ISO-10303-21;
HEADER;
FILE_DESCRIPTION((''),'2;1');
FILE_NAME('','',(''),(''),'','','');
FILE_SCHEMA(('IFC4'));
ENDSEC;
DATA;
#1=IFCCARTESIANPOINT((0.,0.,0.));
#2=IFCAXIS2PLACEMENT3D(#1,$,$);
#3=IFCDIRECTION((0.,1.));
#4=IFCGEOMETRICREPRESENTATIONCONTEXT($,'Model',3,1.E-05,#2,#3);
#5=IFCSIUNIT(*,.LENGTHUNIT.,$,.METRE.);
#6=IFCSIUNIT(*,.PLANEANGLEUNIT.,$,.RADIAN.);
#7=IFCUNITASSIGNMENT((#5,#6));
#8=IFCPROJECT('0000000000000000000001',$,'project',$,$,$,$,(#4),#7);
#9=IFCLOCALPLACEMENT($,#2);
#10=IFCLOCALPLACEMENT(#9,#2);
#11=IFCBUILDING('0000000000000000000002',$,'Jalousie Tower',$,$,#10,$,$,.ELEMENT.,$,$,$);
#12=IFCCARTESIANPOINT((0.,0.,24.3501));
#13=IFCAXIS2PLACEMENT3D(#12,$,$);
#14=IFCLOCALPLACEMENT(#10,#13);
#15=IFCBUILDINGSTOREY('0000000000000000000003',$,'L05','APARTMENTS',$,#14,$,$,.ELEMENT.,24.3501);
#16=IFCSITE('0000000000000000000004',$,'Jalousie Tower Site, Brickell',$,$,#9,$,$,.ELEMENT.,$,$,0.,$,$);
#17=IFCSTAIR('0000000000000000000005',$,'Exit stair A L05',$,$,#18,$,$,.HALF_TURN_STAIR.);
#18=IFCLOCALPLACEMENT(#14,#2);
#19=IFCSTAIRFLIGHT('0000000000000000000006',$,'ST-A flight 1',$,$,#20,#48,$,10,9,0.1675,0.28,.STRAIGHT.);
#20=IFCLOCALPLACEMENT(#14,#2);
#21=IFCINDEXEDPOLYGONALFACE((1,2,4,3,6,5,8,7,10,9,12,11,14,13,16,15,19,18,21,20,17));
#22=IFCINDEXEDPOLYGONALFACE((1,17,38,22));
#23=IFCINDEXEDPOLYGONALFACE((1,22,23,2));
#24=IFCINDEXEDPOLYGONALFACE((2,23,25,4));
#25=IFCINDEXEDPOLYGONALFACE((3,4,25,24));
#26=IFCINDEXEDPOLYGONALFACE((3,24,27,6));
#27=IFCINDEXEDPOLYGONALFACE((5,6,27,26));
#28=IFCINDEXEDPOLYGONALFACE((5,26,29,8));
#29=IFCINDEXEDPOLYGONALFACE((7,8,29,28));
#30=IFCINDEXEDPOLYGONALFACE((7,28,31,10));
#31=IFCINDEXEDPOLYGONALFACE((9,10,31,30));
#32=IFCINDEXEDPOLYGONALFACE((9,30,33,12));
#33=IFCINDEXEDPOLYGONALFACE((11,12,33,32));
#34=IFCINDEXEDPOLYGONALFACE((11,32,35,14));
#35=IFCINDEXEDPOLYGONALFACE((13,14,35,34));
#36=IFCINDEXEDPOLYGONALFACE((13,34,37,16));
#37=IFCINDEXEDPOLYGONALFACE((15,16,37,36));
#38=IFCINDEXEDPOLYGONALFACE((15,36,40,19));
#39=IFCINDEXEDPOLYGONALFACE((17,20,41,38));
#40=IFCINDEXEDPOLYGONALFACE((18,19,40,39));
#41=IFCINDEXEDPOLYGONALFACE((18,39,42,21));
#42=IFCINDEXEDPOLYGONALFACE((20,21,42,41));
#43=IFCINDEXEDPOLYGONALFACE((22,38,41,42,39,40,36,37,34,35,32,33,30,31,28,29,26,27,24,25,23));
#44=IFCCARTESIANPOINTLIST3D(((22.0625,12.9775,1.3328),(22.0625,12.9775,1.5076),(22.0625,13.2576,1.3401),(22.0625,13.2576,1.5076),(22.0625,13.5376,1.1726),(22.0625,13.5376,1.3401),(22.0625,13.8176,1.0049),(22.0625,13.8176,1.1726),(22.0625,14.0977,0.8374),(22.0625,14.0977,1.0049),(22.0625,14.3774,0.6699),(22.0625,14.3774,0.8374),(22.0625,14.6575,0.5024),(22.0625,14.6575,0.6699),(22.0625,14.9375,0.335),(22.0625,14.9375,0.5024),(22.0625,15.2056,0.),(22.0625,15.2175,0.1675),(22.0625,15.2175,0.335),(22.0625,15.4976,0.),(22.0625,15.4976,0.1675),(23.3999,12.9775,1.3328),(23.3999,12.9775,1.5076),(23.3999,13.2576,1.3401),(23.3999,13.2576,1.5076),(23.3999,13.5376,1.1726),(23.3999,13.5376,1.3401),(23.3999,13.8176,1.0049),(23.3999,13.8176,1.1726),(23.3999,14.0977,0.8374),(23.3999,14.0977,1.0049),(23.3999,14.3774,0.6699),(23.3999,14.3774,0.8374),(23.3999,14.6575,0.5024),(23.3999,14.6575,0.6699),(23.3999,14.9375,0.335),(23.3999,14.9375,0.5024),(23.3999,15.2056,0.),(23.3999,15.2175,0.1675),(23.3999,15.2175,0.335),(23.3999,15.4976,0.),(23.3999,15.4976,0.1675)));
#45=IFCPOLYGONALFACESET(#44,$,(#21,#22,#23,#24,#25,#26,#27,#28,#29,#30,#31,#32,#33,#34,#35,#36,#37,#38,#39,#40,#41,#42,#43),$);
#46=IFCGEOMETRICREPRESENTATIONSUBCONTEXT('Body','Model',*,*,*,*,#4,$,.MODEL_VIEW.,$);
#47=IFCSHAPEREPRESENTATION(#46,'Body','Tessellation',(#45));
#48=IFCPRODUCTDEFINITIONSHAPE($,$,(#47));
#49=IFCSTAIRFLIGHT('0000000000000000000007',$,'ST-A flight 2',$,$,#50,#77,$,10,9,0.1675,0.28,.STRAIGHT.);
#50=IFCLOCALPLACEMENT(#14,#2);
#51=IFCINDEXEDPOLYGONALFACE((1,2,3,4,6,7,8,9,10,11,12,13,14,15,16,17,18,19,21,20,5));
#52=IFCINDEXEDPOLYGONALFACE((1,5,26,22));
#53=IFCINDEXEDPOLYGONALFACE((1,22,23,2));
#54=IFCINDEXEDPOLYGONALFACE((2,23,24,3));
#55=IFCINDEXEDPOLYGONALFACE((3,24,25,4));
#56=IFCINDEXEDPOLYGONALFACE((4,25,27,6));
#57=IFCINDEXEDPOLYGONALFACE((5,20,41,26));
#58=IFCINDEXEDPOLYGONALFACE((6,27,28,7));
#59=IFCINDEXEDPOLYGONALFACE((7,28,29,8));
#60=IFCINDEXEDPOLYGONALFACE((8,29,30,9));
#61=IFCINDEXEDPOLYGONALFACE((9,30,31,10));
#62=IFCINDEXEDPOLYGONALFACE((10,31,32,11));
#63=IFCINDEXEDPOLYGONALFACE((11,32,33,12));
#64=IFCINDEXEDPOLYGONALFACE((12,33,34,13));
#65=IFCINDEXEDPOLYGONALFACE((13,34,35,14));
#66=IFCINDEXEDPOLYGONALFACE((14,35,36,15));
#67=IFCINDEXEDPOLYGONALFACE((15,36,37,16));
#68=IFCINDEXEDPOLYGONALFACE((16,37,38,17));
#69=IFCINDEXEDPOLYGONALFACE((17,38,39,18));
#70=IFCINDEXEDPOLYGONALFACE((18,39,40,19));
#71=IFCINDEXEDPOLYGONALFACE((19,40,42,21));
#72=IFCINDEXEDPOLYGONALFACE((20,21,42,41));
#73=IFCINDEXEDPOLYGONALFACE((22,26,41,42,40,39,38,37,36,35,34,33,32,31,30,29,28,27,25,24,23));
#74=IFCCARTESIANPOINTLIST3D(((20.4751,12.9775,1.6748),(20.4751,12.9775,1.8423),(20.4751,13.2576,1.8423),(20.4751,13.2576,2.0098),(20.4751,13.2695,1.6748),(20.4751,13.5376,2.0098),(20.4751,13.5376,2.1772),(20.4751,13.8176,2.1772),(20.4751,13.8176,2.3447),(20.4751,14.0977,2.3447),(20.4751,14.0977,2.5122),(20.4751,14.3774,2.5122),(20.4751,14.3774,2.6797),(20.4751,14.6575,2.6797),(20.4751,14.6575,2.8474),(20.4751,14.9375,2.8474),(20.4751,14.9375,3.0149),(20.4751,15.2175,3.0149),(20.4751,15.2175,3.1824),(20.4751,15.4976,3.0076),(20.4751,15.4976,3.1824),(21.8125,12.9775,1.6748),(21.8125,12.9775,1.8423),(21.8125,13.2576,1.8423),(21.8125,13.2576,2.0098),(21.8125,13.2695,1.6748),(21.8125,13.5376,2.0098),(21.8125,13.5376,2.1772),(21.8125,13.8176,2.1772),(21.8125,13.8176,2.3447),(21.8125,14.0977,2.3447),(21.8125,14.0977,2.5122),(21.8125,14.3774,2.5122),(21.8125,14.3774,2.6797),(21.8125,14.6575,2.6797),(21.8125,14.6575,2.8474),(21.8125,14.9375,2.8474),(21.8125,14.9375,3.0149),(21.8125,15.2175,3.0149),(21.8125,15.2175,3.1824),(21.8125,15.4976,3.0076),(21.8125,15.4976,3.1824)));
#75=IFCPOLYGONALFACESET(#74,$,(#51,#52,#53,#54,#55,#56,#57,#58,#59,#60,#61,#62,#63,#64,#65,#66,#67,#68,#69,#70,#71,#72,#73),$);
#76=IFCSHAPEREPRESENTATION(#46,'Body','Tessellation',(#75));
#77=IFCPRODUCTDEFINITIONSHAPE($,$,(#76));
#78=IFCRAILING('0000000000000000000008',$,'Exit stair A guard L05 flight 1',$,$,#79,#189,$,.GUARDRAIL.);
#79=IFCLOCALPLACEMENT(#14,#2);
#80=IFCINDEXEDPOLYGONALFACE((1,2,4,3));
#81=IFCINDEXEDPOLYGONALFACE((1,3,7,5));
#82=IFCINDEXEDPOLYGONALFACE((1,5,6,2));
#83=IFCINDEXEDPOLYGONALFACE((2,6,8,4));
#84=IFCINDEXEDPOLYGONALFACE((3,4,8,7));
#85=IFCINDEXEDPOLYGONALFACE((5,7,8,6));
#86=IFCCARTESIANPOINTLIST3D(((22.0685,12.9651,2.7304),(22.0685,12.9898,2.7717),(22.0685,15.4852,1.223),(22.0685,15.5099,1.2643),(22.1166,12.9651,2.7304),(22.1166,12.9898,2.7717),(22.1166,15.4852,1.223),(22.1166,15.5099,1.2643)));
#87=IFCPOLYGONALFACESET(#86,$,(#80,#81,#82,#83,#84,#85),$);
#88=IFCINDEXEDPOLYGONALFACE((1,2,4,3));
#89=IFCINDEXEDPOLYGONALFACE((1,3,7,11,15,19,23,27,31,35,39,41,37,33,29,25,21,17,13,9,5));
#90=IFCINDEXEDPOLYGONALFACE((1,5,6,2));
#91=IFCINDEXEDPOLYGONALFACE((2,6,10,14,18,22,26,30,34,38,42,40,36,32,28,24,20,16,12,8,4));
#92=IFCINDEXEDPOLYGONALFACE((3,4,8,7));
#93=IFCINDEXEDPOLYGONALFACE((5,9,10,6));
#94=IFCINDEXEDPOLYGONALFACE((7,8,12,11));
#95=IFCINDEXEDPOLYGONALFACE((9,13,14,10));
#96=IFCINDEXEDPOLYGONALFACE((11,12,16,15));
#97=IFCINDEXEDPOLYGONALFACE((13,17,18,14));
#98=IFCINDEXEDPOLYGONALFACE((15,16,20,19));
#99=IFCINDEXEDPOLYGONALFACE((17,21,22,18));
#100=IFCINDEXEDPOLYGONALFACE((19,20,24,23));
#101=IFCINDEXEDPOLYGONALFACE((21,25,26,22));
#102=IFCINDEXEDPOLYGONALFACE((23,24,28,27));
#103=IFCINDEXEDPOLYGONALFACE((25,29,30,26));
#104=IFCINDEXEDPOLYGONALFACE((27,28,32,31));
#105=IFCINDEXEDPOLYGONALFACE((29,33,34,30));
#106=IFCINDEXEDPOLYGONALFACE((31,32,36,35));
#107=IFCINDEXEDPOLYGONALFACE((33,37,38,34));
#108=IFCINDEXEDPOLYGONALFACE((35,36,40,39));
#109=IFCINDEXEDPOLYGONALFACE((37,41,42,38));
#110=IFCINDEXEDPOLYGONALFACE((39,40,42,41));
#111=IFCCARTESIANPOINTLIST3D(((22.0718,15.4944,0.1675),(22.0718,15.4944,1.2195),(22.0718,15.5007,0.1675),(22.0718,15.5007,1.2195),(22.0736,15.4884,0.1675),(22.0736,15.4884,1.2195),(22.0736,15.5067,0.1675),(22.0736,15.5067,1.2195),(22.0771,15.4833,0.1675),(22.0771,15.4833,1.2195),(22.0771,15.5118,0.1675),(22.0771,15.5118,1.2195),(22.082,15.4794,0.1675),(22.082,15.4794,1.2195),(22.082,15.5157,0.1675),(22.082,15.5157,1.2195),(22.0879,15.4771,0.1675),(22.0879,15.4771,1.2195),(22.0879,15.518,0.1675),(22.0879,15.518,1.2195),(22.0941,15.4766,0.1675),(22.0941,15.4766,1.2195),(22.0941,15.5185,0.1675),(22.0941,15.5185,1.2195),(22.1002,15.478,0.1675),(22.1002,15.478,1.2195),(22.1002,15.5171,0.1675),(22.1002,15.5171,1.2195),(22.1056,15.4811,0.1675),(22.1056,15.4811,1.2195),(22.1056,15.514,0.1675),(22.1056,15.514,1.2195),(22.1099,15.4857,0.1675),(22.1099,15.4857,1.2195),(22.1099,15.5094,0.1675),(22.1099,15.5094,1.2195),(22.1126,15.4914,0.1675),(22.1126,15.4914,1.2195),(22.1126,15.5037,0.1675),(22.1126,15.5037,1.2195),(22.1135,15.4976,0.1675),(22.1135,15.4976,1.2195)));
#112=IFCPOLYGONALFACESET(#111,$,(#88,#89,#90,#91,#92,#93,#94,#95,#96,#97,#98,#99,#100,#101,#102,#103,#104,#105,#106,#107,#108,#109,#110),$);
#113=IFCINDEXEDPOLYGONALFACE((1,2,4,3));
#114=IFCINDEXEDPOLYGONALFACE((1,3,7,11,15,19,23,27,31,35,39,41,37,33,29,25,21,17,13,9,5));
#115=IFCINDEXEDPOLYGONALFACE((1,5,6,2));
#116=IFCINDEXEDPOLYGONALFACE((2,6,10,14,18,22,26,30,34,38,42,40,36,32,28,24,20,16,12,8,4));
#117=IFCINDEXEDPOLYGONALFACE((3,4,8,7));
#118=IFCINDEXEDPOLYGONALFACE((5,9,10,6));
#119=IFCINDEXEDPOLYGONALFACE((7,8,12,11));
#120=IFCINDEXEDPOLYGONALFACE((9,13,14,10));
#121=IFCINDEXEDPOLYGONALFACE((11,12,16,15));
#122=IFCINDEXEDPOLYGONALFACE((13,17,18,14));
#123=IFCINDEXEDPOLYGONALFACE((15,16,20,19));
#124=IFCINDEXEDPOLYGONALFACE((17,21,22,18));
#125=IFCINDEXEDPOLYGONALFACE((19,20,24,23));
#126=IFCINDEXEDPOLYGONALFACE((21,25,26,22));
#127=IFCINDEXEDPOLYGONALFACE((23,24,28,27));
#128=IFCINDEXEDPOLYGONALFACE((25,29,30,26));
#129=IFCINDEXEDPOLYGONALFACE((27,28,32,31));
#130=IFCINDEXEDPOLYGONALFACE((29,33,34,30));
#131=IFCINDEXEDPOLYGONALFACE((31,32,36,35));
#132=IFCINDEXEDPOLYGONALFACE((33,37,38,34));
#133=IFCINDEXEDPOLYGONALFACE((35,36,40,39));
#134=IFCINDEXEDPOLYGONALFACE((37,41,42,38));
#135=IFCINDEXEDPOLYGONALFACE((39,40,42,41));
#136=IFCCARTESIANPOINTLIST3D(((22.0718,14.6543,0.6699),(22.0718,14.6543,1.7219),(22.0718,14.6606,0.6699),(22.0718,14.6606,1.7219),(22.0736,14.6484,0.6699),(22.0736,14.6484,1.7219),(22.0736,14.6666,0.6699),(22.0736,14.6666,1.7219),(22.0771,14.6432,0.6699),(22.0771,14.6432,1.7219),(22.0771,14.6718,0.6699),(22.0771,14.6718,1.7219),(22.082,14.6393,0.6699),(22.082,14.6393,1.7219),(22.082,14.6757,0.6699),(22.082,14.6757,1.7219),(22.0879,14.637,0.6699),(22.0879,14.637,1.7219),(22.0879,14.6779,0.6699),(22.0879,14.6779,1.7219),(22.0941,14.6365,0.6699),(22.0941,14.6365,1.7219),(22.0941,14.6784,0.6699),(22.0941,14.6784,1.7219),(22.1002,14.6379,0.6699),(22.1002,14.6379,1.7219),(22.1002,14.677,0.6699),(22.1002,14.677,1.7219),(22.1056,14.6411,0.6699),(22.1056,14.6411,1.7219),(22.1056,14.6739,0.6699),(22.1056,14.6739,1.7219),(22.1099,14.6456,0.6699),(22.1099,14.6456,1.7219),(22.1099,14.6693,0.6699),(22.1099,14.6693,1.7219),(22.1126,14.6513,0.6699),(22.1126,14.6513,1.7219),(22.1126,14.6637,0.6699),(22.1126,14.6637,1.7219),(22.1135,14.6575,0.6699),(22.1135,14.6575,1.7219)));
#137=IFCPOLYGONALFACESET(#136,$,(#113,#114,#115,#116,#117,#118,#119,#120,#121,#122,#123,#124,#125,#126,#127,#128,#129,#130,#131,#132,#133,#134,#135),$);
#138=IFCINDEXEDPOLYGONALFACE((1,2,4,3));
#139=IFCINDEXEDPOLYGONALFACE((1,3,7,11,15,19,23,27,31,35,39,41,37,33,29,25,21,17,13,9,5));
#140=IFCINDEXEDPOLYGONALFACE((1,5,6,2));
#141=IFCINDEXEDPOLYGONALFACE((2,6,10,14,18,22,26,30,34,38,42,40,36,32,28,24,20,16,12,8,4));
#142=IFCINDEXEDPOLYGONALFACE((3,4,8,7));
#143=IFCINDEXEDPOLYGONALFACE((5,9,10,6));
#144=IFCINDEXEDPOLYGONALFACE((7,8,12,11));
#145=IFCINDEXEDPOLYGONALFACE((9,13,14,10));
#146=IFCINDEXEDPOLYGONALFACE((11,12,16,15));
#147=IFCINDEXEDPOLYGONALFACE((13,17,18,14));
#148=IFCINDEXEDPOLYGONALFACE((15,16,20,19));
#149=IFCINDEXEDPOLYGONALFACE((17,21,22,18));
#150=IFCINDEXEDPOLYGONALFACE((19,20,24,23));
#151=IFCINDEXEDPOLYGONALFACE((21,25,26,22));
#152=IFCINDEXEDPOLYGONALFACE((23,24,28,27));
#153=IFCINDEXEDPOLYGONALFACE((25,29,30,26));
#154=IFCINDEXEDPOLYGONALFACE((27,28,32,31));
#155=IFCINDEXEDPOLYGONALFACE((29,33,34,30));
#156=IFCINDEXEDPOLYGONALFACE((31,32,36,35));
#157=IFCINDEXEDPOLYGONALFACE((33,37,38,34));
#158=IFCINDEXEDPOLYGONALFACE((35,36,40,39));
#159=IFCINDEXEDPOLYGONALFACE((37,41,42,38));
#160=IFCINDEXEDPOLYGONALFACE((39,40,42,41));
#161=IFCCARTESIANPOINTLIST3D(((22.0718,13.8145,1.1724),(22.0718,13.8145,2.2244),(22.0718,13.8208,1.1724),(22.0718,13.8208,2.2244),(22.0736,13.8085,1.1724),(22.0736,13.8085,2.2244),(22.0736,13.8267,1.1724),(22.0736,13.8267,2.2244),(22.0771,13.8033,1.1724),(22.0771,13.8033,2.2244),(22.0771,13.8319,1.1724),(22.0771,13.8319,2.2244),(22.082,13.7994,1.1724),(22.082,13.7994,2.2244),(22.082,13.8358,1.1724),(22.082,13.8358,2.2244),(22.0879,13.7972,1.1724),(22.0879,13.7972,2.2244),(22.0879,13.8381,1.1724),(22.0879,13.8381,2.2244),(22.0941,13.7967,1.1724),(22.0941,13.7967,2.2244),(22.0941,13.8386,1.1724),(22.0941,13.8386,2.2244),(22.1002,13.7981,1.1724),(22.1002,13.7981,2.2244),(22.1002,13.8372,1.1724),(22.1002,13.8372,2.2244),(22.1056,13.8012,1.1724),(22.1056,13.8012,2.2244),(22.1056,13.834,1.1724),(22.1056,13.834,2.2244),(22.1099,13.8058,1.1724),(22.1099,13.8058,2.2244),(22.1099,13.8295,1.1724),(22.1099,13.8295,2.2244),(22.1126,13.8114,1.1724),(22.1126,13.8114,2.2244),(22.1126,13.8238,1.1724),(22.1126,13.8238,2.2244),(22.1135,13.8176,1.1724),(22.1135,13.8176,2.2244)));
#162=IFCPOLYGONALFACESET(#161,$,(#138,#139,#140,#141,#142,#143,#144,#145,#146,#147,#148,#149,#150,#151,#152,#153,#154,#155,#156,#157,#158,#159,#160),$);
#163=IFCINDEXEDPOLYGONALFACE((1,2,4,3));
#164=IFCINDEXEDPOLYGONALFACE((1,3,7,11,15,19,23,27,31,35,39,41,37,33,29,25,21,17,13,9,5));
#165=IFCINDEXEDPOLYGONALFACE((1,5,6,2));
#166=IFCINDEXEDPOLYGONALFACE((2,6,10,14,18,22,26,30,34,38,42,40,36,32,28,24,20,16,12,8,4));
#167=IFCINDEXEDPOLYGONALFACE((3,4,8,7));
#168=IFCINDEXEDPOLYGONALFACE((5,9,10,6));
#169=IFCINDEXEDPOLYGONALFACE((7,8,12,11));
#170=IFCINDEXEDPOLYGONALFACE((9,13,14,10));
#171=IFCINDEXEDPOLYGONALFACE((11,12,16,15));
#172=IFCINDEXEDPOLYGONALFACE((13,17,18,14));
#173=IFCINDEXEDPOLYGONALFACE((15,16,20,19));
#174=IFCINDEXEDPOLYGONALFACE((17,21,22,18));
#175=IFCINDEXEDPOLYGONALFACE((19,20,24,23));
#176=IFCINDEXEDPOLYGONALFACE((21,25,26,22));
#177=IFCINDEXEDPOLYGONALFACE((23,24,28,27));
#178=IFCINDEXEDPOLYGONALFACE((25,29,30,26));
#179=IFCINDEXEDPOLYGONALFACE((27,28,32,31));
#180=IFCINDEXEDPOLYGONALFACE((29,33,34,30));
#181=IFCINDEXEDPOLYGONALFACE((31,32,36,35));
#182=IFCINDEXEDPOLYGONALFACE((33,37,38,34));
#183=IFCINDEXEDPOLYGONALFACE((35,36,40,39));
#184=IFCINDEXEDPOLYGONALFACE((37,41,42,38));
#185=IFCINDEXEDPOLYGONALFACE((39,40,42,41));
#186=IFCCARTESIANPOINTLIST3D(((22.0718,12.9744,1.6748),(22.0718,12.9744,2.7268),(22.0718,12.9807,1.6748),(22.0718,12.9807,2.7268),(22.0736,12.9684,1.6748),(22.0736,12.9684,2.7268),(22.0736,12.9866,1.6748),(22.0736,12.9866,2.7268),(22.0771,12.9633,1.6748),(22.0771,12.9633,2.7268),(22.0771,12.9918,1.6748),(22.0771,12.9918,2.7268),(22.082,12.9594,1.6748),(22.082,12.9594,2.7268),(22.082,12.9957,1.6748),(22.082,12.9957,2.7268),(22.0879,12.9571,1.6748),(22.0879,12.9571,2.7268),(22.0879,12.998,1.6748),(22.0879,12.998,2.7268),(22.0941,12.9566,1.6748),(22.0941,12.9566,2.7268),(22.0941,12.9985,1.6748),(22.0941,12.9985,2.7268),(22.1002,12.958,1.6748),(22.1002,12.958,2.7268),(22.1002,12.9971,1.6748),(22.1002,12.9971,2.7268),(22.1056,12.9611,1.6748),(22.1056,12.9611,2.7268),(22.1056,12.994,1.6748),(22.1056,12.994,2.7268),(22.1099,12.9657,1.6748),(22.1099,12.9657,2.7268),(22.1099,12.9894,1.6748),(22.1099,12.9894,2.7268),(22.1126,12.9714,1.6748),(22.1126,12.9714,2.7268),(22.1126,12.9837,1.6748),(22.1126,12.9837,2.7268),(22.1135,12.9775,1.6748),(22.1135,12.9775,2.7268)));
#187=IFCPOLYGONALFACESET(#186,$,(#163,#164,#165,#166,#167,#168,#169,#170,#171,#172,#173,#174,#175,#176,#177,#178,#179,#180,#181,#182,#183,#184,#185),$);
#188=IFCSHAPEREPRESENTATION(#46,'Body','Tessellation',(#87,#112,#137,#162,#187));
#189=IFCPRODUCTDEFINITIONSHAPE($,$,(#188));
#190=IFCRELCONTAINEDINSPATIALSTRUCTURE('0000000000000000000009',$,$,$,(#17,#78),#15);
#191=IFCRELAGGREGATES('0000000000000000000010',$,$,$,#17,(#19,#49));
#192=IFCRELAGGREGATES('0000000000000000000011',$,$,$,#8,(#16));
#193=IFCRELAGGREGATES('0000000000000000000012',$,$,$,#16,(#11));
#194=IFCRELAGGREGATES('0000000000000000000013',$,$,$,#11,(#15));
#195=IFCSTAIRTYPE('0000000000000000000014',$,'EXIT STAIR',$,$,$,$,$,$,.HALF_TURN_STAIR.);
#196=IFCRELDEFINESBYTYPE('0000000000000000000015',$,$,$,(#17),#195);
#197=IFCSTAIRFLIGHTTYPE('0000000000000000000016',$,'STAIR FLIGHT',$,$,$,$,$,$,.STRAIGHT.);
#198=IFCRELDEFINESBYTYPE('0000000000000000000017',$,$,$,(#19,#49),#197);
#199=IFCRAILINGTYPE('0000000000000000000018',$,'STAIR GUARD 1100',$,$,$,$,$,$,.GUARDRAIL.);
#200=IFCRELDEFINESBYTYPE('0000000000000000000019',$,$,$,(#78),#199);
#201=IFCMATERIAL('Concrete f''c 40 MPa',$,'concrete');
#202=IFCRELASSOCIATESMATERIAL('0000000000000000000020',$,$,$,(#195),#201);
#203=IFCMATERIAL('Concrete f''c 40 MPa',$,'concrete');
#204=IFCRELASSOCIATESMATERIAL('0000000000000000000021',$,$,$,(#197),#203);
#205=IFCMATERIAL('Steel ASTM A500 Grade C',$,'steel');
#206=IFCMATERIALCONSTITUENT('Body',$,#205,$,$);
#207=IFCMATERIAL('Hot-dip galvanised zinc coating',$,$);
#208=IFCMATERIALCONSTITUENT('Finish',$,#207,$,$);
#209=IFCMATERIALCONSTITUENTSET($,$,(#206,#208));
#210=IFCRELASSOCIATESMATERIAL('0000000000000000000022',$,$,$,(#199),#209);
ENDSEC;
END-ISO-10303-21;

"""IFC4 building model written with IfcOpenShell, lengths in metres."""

from ifc_helpers import new_model, si_unit, direction, frame, origin, origin_2d, place, context, subcontext, project, spatial, polyline, rectangle, circle, outline, extrude, material, constituent, constituent_set, type_object, element, aggregate, save


model = new_model("IFC4")

# Units and contexts
model_context = context("Model", 3, precision=1e-05, world=origin(), true_north=direction((0.0, 1.0)))
body_context = subcontext(model_context, "Body", "Model", "MODEL_VIEW")
ifc_project = project(units=[si_unit("LENGTHUNIT", "METRE"), si_unit("PLANEANGLEUNIT", "RADIAN")], contexts=[model_context])

# Site, building, storey
site_placement = place(None, origin())
site = spatial("IfcSite", under=ifc_project, at=site_placement, Name="Jalousie Tower Site, Brickell", CompositionType="ELEMENT", RefElevation=0.0)
building_placement = place(site_placement, origin())
building = spatial("IfcBuilding", under=site, at=building_placement, Name="Jalousie Tower", CompositionType="ELEMENT")
storey_placement = place(building_placement, frame((0.0, 0.0, 24.3501)))
storey = spatial("IfcBuildingStorey", under=building, at=storey_placement, Name="L05", Description="APARTMENTS", CompositionType="ELEMENT", Elevation=24.3501)

# Stair, stair flights
ifc_material_1 = material(Name="Concrete f'c 40 MPa", Category="concrete")
stair_type = type_object("IfcStairType", Name="EXIT STAIR", PredefinedType="HALF_TURN_STAIR", material=ifc_material_1)
stair_placement = place(storey_placement, origin())
stair = element("IfcStair", 1, at=stair_placement, inside=storey, type_object=stair_type, Name="Exit stair A L05", PredefinedType="HALF_TURN_STAIR")
ifc_material_2 = material(Name="Concrete f'c 40 MPa", Category="concrete")
stair_flight_type = type_object("IfcStairFlightType", Name="STAIR FLIGHT", PredefinedType="STRAIGHT", material=ifc_material_2)
stair_flight_1_placement = place(storey_placement, frame((22.7312, 15.4976, 0.0), z_axis=(0.0, 0.0, 1.0), x_axis=(0.0, -1.0, 0.0)))
stair_flight_1 = element("IfcStairFlight", 2, at=stair_flight_1_placement, type_object=stair_flight_type, Name="ST-A flight 1", NumberOfRisers=10, NumberOfTreads=9, PredefinedType="STRAIGHT", RiserHeight=0.1675, TreadLength=0.28, context=body_context, shape_type="SweptSolid", body=[
    extrude(outline(polyline([(0.0, 0.0), (0.0, 0.1675), (0.28, 0.1675), (0.28, 0.335), (0.5601, 0.335), (0.5601, 0.5024), (0.8401, 0.5024), (0.8401, 0.6699), (1.1201, 0.6699), (1.1201, 0.8374), (1.3999, 0.8374), (1.3999, 1.0049), (1.6799, 1.0049), (1.6799, 1.1726), (1.96, 1.1726), (1.96, 1.3401), (2.24, 1.3401), (2.24, 1.5076), (2.52, 1.5076), (2.52, 1.675), (2.52, 1.3328), (0.292, 0.0), (0.0, 0.0)])), frame((0.0, 0.6687, 0.0), z_axis=(0.0, -1.0, 0.0), x_axis=(1.0, 0.0, 0.0)), (0.0, 0.0, 1.0), 1.3374),
])
stair_flight_2_placement = place(storey_placement, frame((21.1438, 12.9775, 1.6748), z_axis=(0.0, 0.0, 1.0), x_axis=(0.0, 1.0, 0.0)))
stair_flight_2 = element("IfcStairFlight", 3, at=stair_flight_2_placement, type_object=stair_flight_type, Name="ST-A flight 2", NumberOfRisers=10, NumberOfTreads=9, PredefinedType="STRAIGHT", RiserHeight=0.1675, TreadLength=0.28, context=body_context, shape_type="SweptSolid", body=[
    extrude(outline(polyline([(0.0, 0.0), (0.0, 0.1675), (0.28, 0.1675), (0.28, 0.335), (0.5601, 0.335), (0.5601, 0.5024), (0.8401, 0.5024), (0.8401, 0.6699), (1.1201, 0.6699), (1.1201, 0.8374), (1.3999, 0.8374), (1.3999, 1.0049), (1.6799, 1.0049), (1.6799, 1.1726), (1.96, 1.1726), (1.96, 1.3401), (2.24, 1.3401), (2.24, 1.5076), (2.52, 1.5076), (2.52, 1.675), (2.52, 1.3328), (0.292, 0.0), (0.0, 0.0)])), frame((0.0, 0.6687, 0.0), z_axis=(0.0, -1.0, 0.0), x_axis=(1.0, 0.0, 0.0)), (0.0, 0.0, 1.0), 1.3374),
])
aggregate(stair, [stair_flight_1, stair_flight_2])

# Railing
ifc_material_3 = material(Name="Steel ASTM A500 Grade C", Category="steel")
ifc_constituent_1 = constituent(ifc_material_3, Name="Body")
ifc_material_4 = material(Name="Hot-dip galvanised zinc coating")
ifc_constituent_2 = constituent(ifc_material_4, Name="Finish")
ifc_constituent_set_1 = constituent_set(constituents=[ifc_constituent_1, ifc_constituent_2])
railing_type_1 = type_object("IfcRailingType", Name="STAIR GUARD 1100", PredefinedType="GUARDRAIL", material=ifc_constituent_set_1)
railing_1_placement = place(storey_placement, frame((22.0925, 15.4976, 0.1675)))
element("IfcRailing", 4, at=railing_1_placement, inside=storey, type_object=railing_type_1, Name="Exit stair A guard L05 flight 1", PredefinedType="GUARDRAIL", context=body_context, shape_type="SweptSolid", body=[
    extrude(rectangle(XDim=0.0481, YDim=0.0481, at=origin_2d()), frame((0.0, 0.0, 1.0762), z_axis=(0.0, -0.858196, 0.513321), x_axis=(1.0, 0.0, 0.0)), (0.0, 0.0, 1.0), 2.9365),
    extrude(circle(Radius=0.021, at=origin_2d()), origin(), (0.0, 0.0, 1.0), 1.052),
    extrude(circle(Radius=0.021, at=origin_2d()), frame((0.0, -0.8401, 0.5024)), (0.0, 0.0, 1.0), 1.052),
    extrude(circle(Radius=0.021, at=origin_2d()), frame((0.0, -1.6799, 1.0049)), (0.0, 0.0, 1.0), 1.052),
    extrude(circle(Radius=0.021, at=origin_2d()), frame((0.0, -2.52, 1.5073)), (0.0, 0.0, 1.0), 1.052),
])

save(model, "model.ifc")
